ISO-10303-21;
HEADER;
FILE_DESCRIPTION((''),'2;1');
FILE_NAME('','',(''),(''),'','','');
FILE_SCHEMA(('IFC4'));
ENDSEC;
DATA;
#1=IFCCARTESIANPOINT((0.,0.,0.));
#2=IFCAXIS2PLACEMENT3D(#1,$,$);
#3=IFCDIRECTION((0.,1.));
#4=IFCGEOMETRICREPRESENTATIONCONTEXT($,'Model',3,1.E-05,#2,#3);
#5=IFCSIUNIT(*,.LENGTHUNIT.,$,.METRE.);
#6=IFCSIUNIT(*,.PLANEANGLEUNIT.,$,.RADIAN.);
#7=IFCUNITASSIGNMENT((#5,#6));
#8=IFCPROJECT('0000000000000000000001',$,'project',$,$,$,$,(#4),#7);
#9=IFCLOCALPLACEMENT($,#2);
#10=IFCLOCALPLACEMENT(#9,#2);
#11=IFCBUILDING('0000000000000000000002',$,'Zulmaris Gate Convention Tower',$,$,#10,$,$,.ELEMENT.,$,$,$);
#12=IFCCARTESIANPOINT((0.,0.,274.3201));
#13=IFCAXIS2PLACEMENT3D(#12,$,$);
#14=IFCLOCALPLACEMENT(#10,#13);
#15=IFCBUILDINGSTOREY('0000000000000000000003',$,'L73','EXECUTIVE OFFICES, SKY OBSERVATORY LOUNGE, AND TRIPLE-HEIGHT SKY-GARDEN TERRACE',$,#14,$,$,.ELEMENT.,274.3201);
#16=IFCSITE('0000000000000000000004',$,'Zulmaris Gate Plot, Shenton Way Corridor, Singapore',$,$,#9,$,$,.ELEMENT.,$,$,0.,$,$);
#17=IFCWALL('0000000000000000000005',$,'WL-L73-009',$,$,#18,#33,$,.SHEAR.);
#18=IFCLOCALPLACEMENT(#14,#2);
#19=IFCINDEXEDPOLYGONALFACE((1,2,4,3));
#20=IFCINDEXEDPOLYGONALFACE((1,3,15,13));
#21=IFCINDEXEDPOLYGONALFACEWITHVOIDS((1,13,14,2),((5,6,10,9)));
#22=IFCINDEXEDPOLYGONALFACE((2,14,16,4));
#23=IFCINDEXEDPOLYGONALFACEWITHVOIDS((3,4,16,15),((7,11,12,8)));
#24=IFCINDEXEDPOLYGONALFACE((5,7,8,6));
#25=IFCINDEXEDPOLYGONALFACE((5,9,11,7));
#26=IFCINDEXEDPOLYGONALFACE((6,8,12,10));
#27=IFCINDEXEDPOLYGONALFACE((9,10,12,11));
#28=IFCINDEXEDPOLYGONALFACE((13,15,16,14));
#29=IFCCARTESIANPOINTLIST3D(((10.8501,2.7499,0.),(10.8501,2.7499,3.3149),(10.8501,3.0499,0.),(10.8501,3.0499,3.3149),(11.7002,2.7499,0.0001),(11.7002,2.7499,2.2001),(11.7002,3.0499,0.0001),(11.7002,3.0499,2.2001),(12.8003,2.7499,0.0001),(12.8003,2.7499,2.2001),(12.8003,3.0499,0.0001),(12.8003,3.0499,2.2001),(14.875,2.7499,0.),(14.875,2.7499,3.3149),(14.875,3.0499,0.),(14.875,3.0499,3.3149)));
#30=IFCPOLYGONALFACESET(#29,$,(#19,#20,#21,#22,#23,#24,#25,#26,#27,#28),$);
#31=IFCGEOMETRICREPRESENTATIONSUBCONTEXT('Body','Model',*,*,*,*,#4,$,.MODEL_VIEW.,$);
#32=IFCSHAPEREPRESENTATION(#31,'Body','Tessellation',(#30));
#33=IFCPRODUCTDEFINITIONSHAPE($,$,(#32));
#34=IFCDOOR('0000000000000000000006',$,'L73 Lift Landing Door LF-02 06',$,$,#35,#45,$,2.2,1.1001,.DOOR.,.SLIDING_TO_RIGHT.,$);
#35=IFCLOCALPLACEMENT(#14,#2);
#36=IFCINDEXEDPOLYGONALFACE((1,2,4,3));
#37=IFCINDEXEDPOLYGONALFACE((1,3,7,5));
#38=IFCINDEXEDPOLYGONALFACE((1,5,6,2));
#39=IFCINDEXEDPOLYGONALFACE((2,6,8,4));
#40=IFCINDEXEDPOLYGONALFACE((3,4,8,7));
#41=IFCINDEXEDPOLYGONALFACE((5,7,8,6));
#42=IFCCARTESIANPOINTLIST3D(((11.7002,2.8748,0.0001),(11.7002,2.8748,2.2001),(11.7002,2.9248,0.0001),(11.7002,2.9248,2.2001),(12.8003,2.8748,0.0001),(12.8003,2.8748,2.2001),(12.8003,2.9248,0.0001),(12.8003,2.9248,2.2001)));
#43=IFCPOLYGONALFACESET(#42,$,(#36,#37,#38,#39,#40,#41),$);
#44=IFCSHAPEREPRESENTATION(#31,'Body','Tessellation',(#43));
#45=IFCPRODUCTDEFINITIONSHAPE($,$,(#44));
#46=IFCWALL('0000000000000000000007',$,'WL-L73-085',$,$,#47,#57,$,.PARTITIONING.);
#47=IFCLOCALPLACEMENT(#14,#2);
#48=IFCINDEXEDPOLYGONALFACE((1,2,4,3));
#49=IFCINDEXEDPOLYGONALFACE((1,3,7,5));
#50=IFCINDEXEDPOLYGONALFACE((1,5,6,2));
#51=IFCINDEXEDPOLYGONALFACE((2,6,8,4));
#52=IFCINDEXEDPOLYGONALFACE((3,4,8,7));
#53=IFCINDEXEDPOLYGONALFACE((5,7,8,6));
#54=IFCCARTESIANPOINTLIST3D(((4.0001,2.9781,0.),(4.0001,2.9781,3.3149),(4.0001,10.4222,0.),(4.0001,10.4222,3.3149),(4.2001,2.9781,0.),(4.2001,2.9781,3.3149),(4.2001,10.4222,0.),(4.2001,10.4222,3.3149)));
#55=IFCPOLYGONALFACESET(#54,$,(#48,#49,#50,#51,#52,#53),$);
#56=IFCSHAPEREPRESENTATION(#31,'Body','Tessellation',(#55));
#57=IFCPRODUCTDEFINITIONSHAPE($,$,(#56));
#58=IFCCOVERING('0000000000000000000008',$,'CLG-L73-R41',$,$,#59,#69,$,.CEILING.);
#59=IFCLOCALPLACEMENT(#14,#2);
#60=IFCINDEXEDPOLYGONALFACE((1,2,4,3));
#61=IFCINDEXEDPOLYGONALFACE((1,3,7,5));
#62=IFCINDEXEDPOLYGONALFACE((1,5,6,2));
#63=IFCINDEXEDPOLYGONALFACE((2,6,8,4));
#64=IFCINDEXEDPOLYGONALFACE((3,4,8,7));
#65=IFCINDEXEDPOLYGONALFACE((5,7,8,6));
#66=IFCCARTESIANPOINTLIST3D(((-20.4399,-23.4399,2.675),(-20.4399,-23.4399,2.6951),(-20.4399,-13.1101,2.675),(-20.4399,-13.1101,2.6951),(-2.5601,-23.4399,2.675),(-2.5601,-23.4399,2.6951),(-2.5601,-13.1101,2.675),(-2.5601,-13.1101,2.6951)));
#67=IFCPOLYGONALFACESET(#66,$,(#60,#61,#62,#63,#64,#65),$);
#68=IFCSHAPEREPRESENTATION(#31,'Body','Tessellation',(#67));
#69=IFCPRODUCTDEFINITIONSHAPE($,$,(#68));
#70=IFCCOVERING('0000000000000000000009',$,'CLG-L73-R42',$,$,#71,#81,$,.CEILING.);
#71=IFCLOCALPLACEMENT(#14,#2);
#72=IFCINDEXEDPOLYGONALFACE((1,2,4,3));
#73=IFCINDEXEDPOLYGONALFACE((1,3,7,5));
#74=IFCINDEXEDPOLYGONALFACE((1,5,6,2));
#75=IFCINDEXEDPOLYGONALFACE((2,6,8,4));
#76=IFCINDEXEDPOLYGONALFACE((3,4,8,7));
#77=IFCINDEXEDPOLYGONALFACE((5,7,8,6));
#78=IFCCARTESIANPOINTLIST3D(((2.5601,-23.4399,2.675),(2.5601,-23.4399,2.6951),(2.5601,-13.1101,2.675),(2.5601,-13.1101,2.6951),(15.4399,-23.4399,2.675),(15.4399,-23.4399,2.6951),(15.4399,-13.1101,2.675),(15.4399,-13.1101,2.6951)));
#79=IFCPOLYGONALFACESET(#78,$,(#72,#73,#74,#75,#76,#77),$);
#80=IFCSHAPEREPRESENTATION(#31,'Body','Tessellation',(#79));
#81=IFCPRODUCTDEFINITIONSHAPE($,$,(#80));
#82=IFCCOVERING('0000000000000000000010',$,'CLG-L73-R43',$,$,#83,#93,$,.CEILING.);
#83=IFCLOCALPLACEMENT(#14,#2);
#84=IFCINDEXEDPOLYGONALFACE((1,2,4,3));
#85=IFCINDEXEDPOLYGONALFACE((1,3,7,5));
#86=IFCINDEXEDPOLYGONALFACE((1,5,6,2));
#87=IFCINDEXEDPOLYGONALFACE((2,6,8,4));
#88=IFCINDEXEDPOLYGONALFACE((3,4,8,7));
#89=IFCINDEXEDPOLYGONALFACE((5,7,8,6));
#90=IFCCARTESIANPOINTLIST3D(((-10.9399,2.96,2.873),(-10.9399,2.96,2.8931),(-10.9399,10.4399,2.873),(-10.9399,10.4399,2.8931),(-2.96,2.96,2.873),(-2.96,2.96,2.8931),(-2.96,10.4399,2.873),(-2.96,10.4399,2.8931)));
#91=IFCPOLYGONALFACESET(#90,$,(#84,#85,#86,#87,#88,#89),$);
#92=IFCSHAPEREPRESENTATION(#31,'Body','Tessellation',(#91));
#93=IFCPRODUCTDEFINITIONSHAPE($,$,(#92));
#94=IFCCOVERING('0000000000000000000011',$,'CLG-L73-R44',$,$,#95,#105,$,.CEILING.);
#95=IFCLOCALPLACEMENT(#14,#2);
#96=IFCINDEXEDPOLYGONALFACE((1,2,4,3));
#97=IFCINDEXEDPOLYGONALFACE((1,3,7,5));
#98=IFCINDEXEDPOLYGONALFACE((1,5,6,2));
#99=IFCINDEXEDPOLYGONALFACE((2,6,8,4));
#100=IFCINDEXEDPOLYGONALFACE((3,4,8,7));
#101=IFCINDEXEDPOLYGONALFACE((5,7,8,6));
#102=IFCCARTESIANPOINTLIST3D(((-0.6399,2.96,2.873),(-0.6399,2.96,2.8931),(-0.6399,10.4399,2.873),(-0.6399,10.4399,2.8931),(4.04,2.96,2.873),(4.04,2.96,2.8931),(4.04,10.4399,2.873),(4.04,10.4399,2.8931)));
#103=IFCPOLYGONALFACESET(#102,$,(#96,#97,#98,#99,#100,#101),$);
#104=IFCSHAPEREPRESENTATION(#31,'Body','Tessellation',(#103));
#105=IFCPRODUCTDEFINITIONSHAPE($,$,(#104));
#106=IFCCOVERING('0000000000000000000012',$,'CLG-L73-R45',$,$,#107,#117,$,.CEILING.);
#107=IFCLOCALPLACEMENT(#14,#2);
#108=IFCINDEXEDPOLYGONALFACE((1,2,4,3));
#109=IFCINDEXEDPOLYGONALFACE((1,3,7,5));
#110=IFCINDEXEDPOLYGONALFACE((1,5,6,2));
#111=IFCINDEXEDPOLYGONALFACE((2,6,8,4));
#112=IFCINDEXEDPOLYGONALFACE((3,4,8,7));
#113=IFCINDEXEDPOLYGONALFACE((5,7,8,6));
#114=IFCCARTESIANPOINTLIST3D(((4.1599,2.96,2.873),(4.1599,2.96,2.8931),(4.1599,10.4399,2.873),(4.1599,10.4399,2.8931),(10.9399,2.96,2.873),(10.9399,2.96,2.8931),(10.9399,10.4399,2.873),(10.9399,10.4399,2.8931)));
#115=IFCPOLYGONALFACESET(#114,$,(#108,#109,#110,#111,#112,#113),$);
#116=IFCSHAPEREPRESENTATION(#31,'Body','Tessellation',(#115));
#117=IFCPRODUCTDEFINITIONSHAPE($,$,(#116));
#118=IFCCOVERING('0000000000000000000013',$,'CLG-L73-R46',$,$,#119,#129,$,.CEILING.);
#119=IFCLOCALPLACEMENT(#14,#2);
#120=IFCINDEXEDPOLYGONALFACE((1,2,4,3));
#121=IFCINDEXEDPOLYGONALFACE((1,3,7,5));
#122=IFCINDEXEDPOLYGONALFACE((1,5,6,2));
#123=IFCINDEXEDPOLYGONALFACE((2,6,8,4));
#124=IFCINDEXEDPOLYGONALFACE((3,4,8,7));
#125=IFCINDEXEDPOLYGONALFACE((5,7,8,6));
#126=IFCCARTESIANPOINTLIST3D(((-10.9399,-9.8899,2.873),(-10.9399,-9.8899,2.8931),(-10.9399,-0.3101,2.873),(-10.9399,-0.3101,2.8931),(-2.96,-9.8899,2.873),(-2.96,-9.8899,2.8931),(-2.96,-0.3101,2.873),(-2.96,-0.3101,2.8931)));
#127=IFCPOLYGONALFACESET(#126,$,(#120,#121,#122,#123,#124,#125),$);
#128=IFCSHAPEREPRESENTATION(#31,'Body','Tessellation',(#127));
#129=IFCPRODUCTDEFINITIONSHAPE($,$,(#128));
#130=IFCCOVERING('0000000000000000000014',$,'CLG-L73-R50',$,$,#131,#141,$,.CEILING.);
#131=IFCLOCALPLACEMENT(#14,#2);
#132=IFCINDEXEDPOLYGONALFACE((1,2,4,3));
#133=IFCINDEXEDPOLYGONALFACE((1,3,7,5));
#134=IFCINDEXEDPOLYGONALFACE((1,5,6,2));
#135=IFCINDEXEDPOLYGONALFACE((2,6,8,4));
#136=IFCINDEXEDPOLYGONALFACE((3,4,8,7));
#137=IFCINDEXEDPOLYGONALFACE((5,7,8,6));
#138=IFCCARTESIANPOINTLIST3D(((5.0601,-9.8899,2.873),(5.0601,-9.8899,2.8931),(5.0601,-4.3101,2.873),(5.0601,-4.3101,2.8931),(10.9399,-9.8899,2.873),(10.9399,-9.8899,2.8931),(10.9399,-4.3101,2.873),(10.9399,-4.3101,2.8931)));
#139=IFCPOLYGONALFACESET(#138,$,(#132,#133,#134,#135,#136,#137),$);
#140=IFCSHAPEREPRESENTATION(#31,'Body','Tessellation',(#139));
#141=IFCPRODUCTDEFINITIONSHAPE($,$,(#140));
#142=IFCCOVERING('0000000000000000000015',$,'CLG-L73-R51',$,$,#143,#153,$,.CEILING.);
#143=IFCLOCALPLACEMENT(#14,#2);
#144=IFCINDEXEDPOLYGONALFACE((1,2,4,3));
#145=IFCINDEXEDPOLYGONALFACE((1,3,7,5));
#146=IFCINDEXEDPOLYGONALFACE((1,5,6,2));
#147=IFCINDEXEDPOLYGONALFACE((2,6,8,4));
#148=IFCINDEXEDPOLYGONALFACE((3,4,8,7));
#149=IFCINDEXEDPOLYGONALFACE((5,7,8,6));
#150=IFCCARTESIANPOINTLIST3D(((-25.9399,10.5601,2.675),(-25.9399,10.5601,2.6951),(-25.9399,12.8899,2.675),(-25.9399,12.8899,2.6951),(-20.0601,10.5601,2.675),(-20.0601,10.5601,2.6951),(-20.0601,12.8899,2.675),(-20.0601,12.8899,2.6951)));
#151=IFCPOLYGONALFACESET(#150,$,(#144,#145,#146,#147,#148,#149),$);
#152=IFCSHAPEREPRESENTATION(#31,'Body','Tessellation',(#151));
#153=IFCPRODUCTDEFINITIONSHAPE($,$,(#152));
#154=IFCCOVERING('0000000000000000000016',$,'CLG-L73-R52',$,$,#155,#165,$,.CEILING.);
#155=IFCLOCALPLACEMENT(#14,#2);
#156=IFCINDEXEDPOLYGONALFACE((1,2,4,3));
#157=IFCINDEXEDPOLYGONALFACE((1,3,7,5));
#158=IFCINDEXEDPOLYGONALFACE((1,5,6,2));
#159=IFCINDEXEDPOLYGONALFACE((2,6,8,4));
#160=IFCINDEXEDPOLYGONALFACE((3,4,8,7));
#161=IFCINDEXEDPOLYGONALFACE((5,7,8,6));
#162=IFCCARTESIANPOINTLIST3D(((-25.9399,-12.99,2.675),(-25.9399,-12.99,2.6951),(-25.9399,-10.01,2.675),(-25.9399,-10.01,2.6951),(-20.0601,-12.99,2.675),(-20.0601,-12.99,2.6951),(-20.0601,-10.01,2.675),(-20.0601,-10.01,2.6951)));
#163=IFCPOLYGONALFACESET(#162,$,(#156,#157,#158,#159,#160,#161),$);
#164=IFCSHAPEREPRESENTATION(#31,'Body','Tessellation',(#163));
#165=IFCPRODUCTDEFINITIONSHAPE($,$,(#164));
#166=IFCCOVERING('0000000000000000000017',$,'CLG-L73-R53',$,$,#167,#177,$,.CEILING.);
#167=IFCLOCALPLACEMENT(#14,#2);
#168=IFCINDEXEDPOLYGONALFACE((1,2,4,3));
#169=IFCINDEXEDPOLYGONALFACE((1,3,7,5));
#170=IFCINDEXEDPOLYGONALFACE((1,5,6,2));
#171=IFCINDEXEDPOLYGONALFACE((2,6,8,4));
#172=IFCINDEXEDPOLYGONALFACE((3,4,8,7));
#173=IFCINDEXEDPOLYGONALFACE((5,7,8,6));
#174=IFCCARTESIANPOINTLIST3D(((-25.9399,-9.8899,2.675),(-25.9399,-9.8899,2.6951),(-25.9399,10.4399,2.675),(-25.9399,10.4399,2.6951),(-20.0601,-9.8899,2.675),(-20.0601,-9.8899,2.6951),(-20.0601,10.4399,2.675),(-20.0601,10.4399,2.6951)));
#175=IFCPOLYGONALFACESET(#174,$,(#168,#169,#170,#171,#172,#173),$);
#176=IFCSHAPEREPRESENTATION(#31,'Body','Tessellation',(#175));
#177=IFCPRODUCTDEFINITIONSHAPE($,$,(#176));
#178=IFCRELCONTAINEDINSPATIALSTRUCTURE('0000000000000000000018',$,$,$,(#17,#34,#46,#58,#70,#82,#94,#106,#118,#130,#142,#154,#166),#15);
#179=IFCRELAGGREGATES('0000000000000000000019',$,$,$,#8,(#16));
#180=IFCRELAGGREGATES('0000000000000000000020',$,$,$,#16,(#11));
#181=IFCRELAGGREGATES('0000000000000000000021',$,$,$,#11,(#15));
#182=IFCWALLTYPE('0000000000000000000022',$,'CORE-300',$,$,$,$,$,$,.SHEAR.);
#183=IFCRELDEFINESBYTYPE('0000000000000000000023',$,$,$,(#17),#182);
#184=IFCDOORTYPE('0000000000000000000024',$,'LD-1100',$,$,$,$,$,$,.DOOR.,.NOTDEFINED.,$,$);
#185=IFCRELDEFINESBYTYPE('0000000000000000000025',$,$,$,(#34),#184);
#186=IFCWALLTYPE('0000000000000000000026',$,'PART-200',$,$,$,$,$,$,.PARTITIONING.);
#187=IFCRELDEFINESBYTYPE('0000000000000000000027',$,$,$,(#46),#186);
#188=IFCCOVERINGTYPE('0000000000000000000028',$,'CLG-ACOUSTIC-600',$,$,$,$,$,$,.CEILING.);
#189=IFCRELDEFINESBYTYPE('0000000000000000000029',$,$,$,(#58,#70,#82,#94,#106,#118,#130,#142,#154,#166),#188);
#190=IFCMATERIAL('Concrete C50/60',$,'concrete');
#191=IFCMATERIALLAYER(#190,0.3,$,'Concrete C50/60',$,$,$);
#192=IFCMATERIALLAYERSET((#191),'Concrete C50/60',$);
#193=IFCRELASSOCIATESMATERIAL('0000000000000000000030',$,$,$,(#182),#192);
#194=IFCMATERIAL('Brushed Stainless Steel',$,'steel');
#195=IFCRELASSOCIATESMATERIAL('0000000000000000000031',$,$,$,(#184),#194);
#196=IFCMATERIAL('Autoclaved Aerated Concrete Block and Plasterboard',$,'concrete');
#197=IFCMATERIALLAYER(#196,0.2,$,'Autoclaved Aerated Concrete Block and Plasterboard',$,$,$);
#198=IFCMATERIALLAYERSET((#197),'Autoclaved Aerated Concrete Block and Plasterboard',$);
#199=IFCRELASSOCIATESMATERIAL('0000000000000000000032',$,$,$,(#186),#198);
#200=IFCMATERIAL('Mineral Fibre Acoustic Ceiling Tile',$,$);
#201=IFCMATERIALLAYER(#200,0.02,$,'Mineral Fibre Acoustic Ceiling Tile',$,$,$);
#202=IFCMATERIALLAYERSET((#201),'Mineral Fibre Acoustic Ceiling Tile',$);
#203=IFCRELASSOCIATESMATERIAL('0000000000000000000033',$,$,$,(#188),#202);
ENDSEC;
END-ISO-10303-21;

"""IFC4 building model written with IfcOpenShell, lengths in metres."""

from ifc_helpers import new_model, si_unit, direction, frame, frame_2d, origin, place, context, subcontext, project, spatial, polyline, rectangle, outline, extrude, material, layer, layer_set, type_object, element, fill, save


model = new_model("IFC4")

# Units and contexts
model_context = context("Model", 3, precision=1e-05, world=origin(), true_north=direction((0.0, 1.0)))
body_context = subcontext(model_context, "Body", "Model", "MODEL_VIEW")
ifc_project = project(units=[si_unit("LENGTHUNIT", "METRE"), si_unit("PLANEANGLEUNIT", "RADIAN")], contexts=[model_context])

# Site, building, storey
site_placement = place(None, origin())
site = spatial("IfcSite", under=ifc_project, at=site_placement, Name="Zulmaris Gate Plot, Shenton Way Corridor, Singapore", CompositionType="ELEMENT", RefElevation=0.0)
building_placement = place(site_placement, origin())
building = spatial("IfcBuilding", under=site, at=building_placement, Name="Zulmaris Gate Convention Tower", CompositionType="ELEMENT")
storey_placement = place(building_placement, frame((0.0, 0.0, 274.3201)))
storey = spatial("IfcBuildingStorey", under=building, at=storey_placement, Name="L73", Description="EXECUTIVE OFFICES, SKY OBSERVATORY LOUNGE, AND TRIPLE-HEIGHT SKY-GARDEN TERRACE", CompositionType="ELEMENT", Elevation=274.3201)

# Wall, opening, door
ifc_material_1 = material(Name="Concrete C50/60", Category="concrete")
ifc_layer_1 = layer(ifc_material_1, 0.3, Name="Concrete C50/60")
ifc_layer_set_1 = layer_set([ifc_layer_1], Name="Concrete C50/60")
wall_type_1 = type_object("IfcWallType", Name="CORE-300", PredefinedType="SHEAR", material=ifc_layer_set_1)
wall_1_placement = place(storey_placement, frame((10.8501, 2.8999, 0.0), z_axis=(0.0, 0.0, 1.0), x_axis=(1.0, 0.0, 0.0)))
wall_1 = element("IfcWall", 1, at=wall_1_placement, inside=storey, type_object=wall_type_1, Name="WL-L73-009", PredefinedType="SHEAR", context=body_context, shape_type="SweptSolid", body=[
    extrude(rectangle(XDim=4.0249, YDim=0.3, at=frame_2d((2.0125, 0.0))), origin(), (0.0, 0.0, 1.0), 3.3149),
])
opening_placement = place(wall_1_placement, frame((0.8501, 0.0, 0.0)))
opening = element("IfcOpeningElement", 2, at=opening_placement, cuts=wall_1, PredefinedType="OPENING", context=body_context, shape_type="SweptSolid", body=[
    extrude(rectangle(XDim=1.1001, YDim=2.2, at=frame_2d((0.55, 1.1001))), frame((0.0, 0.1602, 0.0), z_axis=(0.0, -1.0, 0.0), x_axis=(1.0, 0.0, 0.0)), (0.0, 0.0, 1.0), 0.3201),
])
ifc_material_2 = material(Name="Brushed Stainless Steel", Category="steel")
door_type = type_object("IfcDoorType", Name="LD-1100", OperationType="NOTDEFINED", PredefinedType="DOOR", material=ifc_material_2)
door_placement = place(opening_placement, origin())
door = element("IfcDoor", 3, at=door_placement, inside=storey, type_object=door_type, Name="L73 Lift Landing Door LF-02 06", OperationType="SLIDING_TO_RIGHT", OverallHeight=2.2, OverallWidth=1.1001, PredefinedType="DOOR", context=body_context, shape_type="SweptSolid", body=[
    extrude(rectangle(XDim=1.1001, YDim=2.2, at=frame_2d((0.55, 1.1001))), frame((0.0, 0.0249, 0.0), z_axis=(0.0, -1.0, 0.0), x_axis=(1.0, 0.0, 0.0)), (0.0, 0.0, 1.0), 0.05),
])
fill(opening, door)

# Wall
ifc_material_3 = material(Name="Autoclaved Aerated Concrete Block and Plasterboard", Category="concrete")
ifc_layer_2 = layer(ifc_material_3, 0.2, Name="Autoclaved Aerated Concrete Block and Plasterboard")
ifc_layer_set_2 = layer_set([ifc_layer_2], Name="Autoclaved Aerated Concrete Block and Plasterboard")
wall_type_2 = type_object("IfcWallType", Name="PART-200", PredefinedType="PARTITIONING", material=ifc_layer_set_2)
wall_2_placement = place(storey_placement, frame((4.1001, 2.978, 0.0), z_axis=(0.0, 0.0, 1.0), x_axis=(0.0, 1.0, 0.0)))
element("IfcWall", 4, at=wall_2_placement, inside=storey, type_object=wall_type_2, Name="WL-L73-085", PredefinedType="PARTITIONING", context=body_context, shape_type="SweptSolid", body=[
    extrude(rectangle(XDim=7.4441, YDim=0.2, at=frame_2d((3.7222, 0.0))), origin(), (0.0, 0.0, 1.0), 3.3149),
])

# Coverings
ifc_material_4 = material(Name="Mineral Fibre Acoustic Ceiling Tile")
ifc_layer_3 = layer(ifc_material_4, 0.02, Name="Mineral Fibre Acoustic Ceiling Tile")
ifc_layer_set_3 = layer_set([ifc_layer_3], Name="Mineral Fibre Acoustic Ceiling Tile")
covering_type_1 = type_object("IfcCoveringType", Name="CLG-ACOUSTIC-600", PredefinedType="CEILING", material=ifc_layer_set_3)
covering_1_placement = place(storey_placement, frame((0.0, 0.0, 2.675)))
element("IfcCovering", 5, at=covering_1_placement, inside=storey, type_object=covering_type_1, Name="CLG-L73-R41", PredefinedType="CEILING", context=body_context, shape_type="SweptSolid", body=[
    extrude(outline(polyline([(-20.4399, -23.4399), (-2.5601, -23.4399), (-2.5601, -13.1101), (-20.4399, -13.1101), (-20.4399, -23.4399)])), origin(), (0.0, 0.0, 1.0), 0.02),
])
covering_2_placement = place(storey_placement, frame((0.0, 0.0, 2.675)))
element("IfcCovering", 6, at=covering_2_placement, inside=storey, type_object=covering_type_1, Name="CLG-L73-R42", PredefinedType="CEILING", context=body_context, shape_type="SweptSolid", body=[
    extrude(outline(polyline([(2.5601, -23.4399), (15.4399, -23.4399), (15.4399, -13.1101), (2.5601, -13.1101), (2.5601, -23.4399)])), origin(), (0.0, 0.0, 1.0), 0.02),
])
covering_3_placement = place(storey_placement, frame((0.0, 0.0, 2.873)))
element("IfcCovering", 7, at=covering_3_placement, inside=storey, type_object=covering_type_1, Name="CLG-L73-R43", PredefinedType="CEILING", context=body_context, shape_type="SweptSolid", body=[
    extrude(outline(polyline([(-10.9399, 2.96), (-2.96, 2.96), (-2.96, 10.4399), (-10.9399, 10.4399), (-10.9399, 2.96)])), origin(), (0.0, 0.0, 1.0), 0.02),
])
covering_4_placement = place(storey_placement, frame((0.0, 0.0, 2.873)))
element("IfcCovering", 8, at=covering_4_placement, inside=storey, type_object=covering_type_1, Name="CLG-L73-R44", PredefinedType="CEILING", context=body_context, shape_type="SweptSolid", body=[
    extrude(outline(polyline([(-0.6399, 2.96), (4.04, 2.96), (4.04, 10.4399), (-0.6399, 10.4399), (-0.6399, 2.96)])), origin(), (0.0, 0.0, 1.0), 0.02),
])
covering_5_placement = place(storey_placement, frame((0.0, 0.0, 2.873)))
element("IfcCovering", 9, at=covering_5_placement, inside=storey, type_object=covering_type_1, Name="CLG-L73-R45", PredefinedType="CEILING", context=body_context, shape_type="SweptSolid", body=[
    extrude(outline(polyline([(4.1599, 2.96), (10.9399, 2.96), (10.9399, 10.4399), (4.1599, 10.4399), (4.1599, 2.96)])), origin(), (0.0, 0.0, 1.0), 0.02),
])
covering_6_placement = place(storey_placement, frame((0.0, 0.0, 2.873)))
element("IfcCovering", 10, at=covering_6_placement, inside=storey, type_object=covering_type_1, Name="CLG-L73-R46", PredefinedType="CEILING", context=body_context, shape_type="SweptSolid", body=[
    extrude(outline(polyline([(-10.9399, -9.8899), (-2.96, -9.8899), (-2.96, -0.3101), (-10.9399, -0.3101), (-10.9399, -9.8899)])), origin(), (0.0, 0.0, 1.0), 0.02),
])
covering_7_placement = place(storey_placement, frame((0.0, 0.0, 2.873)))
element("IfcCovering", 11, at=covering_7_placement, inside=storey, type_object=covering_type_1, Name="CLG-L73-R50", PredefinedType="CEILING", context=body_context, shape_type="SweptSolid", body=[
    extrude(outline(polyline([(5.0601, -9.8899), (10.9399, -9.8899), (10.9399, -4.3101), (5.0601, -4.3101), (5.0601, -9.8899)])), origin(), (0.0, 0.0, 1.0), 0.02),
])
covering_8_placement = place(storey_placement, frame((0.0, 0.0, 2.675)))
element("IfcCovering", 12, at=covering_8_placement, inside=storey, type_object=covering_type_1, Name="CLG-L73-R51", PredefinedType="CEILING", context=body_context, shape_type="SweptSolid", body=[
    extrude(outline(polyline([(-25.9399, 10.5601), (-20.0601, 10.5601), (-20.0601, 12.8899), (-25.9399, 12.8899), (-25.9399, 10.5601)])), origin(), (0.0, 0.0, 1.0), 0.02),
])
covering_9_placement = place(storey_placement, frame((0.0, 0.0, 2.675)))
element("IfcCovering", 13, at=covering_9_placement, inside=storey, type_object=covering_type_1, Name="CLG-L73-R52", PredefinedType="CEILING", context=body_context, shape_type="SweptSolid", body=[
    extrude(outline(polyline([(-25.9399, -12.99), (-20.0601, -12.99), (-20.0601, -10.01), (-25.9399, -10.01), (-25.9399, -12.99)])), origin(), (0.0, 0.0, 1.0), 0.02),
])
covering_10_placement = place(storey_placement, frame((0.0, 0.0, 2.675)))
element("IfcCovering", 14, at=covering_10_placement, inside=storey, type_object=covering_type_1, Name="CLG-L73-R53", PredefinedType="CEILING", context=body_context, shape_type="SweptSolid", body=[
    extrude(outline(polyline([(-25.9399, -9.8899), (-20.0601, -9.8899), (-20.0601, 10.4399), (-25.9399, 10.4399), (-25.9399, -9.8899)])), origin(), (0.0, 0.0, 1.0), 0.02),
])

save(model, "model.ifc")
